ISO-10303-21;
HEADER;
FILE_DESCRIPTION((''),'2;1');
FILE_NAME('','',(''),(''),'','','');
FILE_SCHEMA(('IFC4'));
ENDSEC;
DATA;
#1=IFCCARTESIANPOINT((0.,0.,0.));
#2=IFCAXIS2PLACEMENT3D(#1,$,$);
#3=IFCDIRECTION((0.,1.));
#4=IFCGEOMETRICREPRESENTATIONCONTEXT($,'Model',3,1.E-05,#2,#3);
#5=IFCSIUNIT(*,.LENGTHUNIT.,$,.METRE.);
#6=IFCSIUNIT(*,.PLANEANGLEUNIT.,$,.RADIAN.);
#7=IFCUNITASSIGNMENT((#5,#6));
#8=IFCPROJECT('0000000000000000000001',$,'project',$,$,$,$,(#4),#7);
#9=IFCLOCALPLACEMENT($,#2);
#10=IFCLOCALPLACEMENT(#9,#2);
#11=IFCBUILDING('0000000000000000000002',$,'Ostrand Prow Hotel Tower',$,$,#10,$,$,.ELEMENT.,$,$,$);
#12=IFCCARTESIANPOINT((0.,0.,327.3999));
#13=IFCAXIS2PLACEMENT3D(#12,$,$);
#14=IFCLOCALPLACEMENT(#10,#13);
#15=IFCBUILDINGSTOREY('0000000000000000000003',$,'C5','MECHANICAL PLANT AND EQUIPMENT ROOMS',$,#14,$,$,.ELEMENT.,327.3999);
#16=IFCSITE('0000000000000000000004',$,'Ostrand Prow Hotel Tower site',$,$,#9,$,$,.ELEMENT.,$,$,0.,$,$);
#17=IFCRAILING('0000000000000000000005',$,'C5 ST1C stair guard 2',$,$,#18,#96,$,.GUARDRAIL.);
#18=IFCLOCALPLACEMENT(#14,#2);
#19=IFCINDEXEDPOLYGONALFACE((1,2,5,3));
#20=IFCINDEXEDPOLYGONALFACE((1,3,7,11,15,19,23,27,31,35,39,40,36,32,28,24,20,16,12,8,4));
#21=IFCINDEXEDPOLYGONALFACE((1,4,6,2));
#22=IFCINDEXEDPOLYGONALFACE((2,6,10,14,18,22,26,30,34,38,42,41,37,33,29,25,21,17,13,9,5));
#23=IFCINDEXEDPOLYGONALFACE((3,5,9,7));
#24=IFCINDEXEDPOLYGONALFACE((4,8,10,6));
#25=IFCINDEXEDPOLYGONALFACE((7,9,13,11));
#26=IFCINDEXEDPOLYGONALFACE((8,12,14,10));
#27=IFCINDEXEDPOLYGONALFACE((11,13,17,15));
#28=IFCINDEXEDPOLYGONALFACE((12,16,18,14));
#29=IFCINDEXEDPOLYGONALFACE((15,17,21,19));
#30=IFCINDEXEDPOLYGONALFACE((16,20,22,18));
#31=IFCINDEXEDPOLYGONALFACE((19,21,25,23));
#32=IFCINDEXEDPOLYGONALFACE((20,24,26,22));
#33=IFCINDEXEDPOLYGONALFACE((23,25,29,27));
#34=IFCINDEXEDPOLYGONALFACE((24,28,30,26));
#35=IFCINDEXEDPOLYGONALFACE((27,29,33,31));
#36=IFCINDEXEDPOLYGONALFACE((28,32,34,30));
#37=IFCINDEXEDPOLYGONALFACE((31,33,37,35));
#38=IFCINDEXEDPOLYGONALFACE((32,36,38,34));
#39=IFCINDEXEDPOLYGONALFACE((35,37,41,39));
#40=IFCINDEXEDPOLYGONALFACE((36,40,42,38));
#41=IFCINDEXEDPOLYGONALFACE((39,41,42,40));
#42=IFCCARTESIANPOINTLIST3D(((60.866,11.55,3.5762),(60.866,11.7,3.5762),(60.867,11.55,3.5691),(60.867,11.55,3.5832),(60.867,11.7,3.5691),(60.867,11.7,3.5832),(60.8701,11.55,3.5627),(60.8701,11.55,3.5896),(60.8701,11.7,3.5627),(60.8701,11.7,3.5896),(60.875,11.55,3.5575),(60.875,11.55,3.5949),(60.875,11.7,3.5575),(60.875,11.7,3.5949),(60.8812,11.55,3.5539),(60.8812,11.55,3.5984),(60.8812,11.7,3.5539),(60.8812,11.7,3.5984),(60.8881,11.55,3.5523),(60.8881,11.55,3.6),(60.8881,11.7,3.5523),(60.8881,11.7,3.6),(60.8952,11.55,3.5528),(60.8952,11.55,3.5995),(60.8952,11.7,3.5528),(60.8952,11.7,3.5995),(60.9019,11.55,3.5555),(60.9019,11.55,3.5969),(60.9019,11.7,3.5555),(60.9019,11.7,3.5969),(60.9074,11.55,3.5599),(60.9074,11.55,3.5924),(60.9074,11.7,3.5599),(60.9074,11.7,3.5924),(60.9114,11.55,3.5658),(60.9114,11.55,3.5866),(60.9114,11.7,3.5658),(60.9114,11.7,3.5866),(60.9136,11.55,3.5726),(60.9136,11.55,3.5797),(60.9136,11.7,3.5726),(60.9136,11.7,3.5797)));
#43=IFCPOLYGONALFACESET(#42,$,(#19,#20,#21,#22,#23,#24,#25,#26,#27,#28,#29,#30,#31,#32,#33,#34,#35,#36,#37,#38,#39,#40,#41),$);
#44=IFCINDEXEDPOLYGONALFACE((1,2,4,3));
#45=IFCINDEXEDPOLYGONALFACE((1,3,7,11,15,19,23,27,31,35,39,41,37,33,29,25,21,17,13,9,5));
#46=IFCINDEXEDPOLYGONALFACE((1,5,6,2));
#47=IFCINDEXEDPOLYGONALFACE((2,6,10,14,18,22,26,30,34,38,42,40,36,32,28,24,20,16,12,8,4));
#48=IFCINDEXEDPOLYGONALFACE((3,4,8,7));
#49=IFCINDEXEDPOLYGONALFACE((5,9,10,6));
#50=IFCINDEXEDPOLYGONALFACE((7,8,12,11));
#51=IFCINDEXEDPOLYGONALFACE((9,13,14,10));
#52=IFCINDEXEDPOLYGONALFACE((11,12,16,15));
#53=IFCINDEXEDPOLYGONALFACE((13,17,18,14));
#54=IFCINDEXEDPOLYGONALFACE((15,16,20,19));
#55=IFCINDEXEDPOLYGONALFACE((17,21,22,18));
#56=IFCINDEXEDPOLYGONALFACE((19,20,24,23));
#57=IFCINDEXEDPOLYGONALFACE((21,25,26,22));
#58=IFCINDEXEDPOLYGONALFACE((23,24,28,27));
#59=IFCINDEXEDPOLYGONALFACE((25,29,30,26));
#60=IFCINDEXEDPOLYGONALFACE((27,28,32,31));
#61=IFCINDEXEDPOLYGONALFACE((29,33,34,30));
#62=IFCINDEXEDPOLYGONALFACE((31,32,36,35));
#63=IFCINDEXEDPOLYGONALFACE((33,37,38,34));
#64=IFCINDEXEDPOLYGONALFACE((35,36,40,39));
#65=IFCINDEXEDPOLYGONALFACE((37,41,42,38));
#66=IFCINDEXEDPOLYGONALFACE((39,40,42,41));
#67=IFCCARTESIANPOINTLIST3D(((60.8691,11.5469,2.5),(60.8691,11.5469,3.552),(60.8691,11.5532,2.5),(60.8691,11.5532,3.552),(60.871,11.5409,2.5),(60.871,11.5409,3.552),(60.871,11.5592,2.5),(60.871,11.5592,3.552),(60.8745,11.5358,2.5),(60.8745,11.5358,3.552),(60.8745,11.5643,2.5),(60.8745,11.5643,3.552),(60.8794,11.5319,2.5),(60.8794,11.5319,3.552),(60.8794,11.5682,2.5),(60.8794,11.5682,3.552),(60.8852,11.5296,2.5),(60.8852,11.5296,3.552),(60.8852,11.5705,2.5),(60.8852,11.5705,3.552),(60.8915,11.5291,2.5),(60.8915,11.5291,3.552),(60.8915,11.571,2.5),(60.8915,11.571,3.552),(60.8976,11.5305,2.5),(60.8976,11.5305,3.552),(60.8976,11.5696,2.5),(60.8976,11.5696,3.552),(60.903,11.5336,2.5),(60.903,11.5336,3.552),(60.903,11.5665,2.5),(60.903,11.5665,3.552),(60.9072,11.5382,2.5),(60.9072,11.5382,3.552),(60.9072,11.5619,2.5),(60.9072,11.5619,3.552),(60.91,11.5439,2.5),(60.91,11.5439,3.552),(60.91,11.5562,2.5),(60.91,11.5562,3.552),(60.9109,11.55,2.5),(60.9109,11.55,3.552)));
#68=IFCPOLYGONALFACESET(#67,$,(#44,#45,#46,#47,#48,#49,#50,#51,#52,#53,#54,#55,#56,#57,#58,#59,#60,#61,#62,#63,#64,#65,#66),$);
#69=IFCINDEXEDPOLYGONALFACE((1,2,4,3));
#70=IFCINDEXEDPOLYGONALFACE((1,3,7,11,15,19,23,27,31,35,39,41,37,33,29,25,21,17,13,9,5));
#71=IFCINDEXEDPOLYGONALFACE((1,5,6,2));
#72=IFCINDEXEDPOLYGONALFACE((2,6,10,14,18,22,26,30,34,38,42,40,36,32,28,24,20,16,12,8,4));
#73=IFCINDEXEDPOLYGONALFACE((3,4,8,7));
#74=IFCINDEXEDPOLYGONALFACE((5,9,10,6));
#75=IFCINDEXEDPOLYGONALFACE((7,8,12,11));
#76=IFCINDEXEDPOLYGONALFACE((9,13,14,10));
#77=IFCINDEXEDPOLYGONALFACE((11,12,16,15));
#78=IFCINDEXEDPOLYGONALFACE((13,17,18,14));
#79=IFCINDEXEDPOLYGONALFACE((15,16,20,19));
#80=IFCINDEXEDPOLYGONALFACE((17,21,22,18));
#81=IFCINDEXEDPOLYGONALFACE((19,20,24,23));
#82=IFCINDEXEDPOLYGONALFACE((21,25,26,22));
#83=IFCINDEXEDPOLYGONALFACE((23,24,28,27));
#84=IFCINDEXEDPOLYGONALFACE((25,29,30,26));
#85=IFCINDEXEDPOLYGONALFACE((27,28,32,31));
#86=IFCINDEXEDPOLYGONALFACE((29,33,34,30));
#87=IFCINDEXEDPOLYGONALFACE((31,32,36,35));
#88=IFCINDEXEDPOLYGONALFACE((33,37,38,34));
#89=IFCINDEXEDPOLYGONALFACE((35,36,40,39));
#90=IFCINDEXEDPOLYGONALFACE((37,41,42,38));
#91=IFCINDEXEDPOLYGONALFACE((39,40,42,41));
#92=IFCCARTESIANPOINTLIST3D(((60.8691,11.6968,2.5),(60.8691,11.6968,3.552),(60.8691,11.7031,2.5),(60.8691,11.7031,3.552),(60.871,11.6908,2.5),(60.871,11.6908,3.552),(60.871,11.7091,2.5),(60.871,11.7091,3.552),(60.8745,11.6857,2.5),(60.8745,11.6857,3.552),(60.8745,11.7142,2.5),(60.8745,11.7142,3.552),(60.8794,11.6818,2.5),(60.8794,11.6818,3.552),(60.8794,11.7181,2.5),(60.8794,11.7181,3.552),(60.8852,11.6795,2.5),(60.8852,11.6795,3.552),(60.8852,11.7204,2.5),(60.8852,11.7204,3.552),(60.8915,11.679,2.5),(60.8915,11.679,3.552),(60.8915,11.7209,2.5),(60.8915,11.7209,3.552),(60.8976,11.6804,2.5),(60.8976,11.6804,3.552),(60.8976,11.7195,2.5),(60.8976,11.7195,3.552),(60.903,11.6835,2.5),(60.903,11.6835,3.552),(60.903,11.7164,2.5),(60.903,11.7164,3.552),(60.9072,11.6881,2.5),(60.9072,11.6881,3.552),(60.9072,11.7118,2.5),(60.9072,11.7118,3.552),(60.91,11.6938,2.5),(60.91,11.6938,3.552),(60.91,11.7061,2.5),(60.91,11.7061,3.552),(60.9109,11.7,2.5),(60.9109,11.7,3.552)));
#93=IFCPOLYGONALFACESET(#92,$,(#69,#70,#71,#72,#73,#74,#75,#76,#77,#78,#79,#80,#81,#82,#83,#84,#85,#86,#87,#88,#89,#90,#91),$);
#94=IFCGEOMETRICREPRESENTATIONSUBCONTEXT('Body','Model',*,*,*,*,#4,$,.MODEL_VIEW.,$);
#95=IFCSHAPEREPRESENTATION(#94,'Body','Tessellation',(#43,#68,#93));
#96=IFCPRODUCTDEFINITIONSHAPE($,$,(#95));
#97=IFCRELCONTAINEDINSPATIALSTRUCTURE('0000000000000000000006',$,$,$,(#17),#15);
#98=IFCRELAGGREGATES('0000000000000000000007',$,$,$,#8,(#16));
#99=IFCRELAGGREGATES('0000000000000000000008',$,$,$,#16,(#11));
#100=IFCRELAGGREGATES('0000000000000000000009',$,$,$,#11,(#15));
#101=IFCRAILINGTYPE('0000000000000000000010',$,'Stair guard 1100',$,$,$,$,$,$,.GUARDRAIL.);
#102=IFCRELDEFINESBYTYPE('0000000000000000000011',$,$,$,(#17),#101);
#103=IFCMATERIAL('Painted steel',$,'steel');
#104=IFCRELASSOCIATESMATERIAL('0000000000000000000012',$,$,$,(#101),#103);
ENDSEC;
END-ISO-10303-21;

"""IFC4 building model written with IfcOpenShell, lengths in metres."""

from ifc_helpers import new_model, si_unit, direction, frame, origin, origin_2d, place, context, subcontext, project, spatial, circle, extrude, material, type_object, element, save


model = new_model("IFC4")

# Units and contexts
model_context = context("Model", 3, precision=1e-05, world=origin(), true_north=direction((0.0, 1.0)))
body_context = subcontext(model_context, "Body", "Model", "MODEL_VIEW")
ifc_project = project(units=[si_unit("LENGTHUNIT", "METRE"), si_unit("PLANEANGLEUNIT", "RADIAN")], contexts=[model_context])

# Site, building, storey
site_placement = place(None, origin())
site = spatial("IfcSite", under=ifc_project, at=site_placement, Name="Ostrand Prow Hotel Tower site", CompositionType="ELEMENT", RefElevation=0.0)
building_placement = place(site_placement, origin())
building = spatial("IfcBuilding", under=site, at=building_placement, Name="Ostrand Prow Hotel Tower", CompositionType="ELEMENT")
storey_placement = place(building_placement, frame((0.0, 0.0, 327.3999)))
storey = spatial("IfcBuildingStorey", under=building, at=storey_placement, Name="C5", Description="MECHANICAL PLANT AND EQUIPMENT ROOMS", CompositionType="ELEMENT", Elevation=327.3999)

# Railing
ifc_material_1 = material(Name="Painted steel", Category="steel")
railing_type = type_object("IfcRailingType", Name="Stair guard 1100", PredefinedType="GUARDRAIL", material=ifc_material_1)
railing_1_placement = place(storey_placement, frame((60.8899, 11.55, 2.5)))
element("IfcRailing", 1, at=railing_1_placement, inside=storey, type_object=railing_type, Name="C5 ST1C stair guard 2", PredefinedType="GUARDRAIL", context=body_context, shape_type="SweptSolid", body=[
    extrude(circle(Radius=0.0239, at=origin_2d()), frame((0.0, 0.0, 1.0762), z_axis=(0.0, 1.0, 0.0), x_axis=(-1.0, 0.0, 0.0)), (0.0, 0.0, 1.0), 0.1499),
    extrude(circle(Radius=0.021, at=origin_2d()), origin(), (0.0, 0.0, 1.0), 1.052),
    extrude(circle(Radius=0.021, at=origin_2d()), frame((0.0, 0.1499, 0.0)), (0.0, 0.0, 1.0), 1.052),
])

save(model, "model.ifc")
